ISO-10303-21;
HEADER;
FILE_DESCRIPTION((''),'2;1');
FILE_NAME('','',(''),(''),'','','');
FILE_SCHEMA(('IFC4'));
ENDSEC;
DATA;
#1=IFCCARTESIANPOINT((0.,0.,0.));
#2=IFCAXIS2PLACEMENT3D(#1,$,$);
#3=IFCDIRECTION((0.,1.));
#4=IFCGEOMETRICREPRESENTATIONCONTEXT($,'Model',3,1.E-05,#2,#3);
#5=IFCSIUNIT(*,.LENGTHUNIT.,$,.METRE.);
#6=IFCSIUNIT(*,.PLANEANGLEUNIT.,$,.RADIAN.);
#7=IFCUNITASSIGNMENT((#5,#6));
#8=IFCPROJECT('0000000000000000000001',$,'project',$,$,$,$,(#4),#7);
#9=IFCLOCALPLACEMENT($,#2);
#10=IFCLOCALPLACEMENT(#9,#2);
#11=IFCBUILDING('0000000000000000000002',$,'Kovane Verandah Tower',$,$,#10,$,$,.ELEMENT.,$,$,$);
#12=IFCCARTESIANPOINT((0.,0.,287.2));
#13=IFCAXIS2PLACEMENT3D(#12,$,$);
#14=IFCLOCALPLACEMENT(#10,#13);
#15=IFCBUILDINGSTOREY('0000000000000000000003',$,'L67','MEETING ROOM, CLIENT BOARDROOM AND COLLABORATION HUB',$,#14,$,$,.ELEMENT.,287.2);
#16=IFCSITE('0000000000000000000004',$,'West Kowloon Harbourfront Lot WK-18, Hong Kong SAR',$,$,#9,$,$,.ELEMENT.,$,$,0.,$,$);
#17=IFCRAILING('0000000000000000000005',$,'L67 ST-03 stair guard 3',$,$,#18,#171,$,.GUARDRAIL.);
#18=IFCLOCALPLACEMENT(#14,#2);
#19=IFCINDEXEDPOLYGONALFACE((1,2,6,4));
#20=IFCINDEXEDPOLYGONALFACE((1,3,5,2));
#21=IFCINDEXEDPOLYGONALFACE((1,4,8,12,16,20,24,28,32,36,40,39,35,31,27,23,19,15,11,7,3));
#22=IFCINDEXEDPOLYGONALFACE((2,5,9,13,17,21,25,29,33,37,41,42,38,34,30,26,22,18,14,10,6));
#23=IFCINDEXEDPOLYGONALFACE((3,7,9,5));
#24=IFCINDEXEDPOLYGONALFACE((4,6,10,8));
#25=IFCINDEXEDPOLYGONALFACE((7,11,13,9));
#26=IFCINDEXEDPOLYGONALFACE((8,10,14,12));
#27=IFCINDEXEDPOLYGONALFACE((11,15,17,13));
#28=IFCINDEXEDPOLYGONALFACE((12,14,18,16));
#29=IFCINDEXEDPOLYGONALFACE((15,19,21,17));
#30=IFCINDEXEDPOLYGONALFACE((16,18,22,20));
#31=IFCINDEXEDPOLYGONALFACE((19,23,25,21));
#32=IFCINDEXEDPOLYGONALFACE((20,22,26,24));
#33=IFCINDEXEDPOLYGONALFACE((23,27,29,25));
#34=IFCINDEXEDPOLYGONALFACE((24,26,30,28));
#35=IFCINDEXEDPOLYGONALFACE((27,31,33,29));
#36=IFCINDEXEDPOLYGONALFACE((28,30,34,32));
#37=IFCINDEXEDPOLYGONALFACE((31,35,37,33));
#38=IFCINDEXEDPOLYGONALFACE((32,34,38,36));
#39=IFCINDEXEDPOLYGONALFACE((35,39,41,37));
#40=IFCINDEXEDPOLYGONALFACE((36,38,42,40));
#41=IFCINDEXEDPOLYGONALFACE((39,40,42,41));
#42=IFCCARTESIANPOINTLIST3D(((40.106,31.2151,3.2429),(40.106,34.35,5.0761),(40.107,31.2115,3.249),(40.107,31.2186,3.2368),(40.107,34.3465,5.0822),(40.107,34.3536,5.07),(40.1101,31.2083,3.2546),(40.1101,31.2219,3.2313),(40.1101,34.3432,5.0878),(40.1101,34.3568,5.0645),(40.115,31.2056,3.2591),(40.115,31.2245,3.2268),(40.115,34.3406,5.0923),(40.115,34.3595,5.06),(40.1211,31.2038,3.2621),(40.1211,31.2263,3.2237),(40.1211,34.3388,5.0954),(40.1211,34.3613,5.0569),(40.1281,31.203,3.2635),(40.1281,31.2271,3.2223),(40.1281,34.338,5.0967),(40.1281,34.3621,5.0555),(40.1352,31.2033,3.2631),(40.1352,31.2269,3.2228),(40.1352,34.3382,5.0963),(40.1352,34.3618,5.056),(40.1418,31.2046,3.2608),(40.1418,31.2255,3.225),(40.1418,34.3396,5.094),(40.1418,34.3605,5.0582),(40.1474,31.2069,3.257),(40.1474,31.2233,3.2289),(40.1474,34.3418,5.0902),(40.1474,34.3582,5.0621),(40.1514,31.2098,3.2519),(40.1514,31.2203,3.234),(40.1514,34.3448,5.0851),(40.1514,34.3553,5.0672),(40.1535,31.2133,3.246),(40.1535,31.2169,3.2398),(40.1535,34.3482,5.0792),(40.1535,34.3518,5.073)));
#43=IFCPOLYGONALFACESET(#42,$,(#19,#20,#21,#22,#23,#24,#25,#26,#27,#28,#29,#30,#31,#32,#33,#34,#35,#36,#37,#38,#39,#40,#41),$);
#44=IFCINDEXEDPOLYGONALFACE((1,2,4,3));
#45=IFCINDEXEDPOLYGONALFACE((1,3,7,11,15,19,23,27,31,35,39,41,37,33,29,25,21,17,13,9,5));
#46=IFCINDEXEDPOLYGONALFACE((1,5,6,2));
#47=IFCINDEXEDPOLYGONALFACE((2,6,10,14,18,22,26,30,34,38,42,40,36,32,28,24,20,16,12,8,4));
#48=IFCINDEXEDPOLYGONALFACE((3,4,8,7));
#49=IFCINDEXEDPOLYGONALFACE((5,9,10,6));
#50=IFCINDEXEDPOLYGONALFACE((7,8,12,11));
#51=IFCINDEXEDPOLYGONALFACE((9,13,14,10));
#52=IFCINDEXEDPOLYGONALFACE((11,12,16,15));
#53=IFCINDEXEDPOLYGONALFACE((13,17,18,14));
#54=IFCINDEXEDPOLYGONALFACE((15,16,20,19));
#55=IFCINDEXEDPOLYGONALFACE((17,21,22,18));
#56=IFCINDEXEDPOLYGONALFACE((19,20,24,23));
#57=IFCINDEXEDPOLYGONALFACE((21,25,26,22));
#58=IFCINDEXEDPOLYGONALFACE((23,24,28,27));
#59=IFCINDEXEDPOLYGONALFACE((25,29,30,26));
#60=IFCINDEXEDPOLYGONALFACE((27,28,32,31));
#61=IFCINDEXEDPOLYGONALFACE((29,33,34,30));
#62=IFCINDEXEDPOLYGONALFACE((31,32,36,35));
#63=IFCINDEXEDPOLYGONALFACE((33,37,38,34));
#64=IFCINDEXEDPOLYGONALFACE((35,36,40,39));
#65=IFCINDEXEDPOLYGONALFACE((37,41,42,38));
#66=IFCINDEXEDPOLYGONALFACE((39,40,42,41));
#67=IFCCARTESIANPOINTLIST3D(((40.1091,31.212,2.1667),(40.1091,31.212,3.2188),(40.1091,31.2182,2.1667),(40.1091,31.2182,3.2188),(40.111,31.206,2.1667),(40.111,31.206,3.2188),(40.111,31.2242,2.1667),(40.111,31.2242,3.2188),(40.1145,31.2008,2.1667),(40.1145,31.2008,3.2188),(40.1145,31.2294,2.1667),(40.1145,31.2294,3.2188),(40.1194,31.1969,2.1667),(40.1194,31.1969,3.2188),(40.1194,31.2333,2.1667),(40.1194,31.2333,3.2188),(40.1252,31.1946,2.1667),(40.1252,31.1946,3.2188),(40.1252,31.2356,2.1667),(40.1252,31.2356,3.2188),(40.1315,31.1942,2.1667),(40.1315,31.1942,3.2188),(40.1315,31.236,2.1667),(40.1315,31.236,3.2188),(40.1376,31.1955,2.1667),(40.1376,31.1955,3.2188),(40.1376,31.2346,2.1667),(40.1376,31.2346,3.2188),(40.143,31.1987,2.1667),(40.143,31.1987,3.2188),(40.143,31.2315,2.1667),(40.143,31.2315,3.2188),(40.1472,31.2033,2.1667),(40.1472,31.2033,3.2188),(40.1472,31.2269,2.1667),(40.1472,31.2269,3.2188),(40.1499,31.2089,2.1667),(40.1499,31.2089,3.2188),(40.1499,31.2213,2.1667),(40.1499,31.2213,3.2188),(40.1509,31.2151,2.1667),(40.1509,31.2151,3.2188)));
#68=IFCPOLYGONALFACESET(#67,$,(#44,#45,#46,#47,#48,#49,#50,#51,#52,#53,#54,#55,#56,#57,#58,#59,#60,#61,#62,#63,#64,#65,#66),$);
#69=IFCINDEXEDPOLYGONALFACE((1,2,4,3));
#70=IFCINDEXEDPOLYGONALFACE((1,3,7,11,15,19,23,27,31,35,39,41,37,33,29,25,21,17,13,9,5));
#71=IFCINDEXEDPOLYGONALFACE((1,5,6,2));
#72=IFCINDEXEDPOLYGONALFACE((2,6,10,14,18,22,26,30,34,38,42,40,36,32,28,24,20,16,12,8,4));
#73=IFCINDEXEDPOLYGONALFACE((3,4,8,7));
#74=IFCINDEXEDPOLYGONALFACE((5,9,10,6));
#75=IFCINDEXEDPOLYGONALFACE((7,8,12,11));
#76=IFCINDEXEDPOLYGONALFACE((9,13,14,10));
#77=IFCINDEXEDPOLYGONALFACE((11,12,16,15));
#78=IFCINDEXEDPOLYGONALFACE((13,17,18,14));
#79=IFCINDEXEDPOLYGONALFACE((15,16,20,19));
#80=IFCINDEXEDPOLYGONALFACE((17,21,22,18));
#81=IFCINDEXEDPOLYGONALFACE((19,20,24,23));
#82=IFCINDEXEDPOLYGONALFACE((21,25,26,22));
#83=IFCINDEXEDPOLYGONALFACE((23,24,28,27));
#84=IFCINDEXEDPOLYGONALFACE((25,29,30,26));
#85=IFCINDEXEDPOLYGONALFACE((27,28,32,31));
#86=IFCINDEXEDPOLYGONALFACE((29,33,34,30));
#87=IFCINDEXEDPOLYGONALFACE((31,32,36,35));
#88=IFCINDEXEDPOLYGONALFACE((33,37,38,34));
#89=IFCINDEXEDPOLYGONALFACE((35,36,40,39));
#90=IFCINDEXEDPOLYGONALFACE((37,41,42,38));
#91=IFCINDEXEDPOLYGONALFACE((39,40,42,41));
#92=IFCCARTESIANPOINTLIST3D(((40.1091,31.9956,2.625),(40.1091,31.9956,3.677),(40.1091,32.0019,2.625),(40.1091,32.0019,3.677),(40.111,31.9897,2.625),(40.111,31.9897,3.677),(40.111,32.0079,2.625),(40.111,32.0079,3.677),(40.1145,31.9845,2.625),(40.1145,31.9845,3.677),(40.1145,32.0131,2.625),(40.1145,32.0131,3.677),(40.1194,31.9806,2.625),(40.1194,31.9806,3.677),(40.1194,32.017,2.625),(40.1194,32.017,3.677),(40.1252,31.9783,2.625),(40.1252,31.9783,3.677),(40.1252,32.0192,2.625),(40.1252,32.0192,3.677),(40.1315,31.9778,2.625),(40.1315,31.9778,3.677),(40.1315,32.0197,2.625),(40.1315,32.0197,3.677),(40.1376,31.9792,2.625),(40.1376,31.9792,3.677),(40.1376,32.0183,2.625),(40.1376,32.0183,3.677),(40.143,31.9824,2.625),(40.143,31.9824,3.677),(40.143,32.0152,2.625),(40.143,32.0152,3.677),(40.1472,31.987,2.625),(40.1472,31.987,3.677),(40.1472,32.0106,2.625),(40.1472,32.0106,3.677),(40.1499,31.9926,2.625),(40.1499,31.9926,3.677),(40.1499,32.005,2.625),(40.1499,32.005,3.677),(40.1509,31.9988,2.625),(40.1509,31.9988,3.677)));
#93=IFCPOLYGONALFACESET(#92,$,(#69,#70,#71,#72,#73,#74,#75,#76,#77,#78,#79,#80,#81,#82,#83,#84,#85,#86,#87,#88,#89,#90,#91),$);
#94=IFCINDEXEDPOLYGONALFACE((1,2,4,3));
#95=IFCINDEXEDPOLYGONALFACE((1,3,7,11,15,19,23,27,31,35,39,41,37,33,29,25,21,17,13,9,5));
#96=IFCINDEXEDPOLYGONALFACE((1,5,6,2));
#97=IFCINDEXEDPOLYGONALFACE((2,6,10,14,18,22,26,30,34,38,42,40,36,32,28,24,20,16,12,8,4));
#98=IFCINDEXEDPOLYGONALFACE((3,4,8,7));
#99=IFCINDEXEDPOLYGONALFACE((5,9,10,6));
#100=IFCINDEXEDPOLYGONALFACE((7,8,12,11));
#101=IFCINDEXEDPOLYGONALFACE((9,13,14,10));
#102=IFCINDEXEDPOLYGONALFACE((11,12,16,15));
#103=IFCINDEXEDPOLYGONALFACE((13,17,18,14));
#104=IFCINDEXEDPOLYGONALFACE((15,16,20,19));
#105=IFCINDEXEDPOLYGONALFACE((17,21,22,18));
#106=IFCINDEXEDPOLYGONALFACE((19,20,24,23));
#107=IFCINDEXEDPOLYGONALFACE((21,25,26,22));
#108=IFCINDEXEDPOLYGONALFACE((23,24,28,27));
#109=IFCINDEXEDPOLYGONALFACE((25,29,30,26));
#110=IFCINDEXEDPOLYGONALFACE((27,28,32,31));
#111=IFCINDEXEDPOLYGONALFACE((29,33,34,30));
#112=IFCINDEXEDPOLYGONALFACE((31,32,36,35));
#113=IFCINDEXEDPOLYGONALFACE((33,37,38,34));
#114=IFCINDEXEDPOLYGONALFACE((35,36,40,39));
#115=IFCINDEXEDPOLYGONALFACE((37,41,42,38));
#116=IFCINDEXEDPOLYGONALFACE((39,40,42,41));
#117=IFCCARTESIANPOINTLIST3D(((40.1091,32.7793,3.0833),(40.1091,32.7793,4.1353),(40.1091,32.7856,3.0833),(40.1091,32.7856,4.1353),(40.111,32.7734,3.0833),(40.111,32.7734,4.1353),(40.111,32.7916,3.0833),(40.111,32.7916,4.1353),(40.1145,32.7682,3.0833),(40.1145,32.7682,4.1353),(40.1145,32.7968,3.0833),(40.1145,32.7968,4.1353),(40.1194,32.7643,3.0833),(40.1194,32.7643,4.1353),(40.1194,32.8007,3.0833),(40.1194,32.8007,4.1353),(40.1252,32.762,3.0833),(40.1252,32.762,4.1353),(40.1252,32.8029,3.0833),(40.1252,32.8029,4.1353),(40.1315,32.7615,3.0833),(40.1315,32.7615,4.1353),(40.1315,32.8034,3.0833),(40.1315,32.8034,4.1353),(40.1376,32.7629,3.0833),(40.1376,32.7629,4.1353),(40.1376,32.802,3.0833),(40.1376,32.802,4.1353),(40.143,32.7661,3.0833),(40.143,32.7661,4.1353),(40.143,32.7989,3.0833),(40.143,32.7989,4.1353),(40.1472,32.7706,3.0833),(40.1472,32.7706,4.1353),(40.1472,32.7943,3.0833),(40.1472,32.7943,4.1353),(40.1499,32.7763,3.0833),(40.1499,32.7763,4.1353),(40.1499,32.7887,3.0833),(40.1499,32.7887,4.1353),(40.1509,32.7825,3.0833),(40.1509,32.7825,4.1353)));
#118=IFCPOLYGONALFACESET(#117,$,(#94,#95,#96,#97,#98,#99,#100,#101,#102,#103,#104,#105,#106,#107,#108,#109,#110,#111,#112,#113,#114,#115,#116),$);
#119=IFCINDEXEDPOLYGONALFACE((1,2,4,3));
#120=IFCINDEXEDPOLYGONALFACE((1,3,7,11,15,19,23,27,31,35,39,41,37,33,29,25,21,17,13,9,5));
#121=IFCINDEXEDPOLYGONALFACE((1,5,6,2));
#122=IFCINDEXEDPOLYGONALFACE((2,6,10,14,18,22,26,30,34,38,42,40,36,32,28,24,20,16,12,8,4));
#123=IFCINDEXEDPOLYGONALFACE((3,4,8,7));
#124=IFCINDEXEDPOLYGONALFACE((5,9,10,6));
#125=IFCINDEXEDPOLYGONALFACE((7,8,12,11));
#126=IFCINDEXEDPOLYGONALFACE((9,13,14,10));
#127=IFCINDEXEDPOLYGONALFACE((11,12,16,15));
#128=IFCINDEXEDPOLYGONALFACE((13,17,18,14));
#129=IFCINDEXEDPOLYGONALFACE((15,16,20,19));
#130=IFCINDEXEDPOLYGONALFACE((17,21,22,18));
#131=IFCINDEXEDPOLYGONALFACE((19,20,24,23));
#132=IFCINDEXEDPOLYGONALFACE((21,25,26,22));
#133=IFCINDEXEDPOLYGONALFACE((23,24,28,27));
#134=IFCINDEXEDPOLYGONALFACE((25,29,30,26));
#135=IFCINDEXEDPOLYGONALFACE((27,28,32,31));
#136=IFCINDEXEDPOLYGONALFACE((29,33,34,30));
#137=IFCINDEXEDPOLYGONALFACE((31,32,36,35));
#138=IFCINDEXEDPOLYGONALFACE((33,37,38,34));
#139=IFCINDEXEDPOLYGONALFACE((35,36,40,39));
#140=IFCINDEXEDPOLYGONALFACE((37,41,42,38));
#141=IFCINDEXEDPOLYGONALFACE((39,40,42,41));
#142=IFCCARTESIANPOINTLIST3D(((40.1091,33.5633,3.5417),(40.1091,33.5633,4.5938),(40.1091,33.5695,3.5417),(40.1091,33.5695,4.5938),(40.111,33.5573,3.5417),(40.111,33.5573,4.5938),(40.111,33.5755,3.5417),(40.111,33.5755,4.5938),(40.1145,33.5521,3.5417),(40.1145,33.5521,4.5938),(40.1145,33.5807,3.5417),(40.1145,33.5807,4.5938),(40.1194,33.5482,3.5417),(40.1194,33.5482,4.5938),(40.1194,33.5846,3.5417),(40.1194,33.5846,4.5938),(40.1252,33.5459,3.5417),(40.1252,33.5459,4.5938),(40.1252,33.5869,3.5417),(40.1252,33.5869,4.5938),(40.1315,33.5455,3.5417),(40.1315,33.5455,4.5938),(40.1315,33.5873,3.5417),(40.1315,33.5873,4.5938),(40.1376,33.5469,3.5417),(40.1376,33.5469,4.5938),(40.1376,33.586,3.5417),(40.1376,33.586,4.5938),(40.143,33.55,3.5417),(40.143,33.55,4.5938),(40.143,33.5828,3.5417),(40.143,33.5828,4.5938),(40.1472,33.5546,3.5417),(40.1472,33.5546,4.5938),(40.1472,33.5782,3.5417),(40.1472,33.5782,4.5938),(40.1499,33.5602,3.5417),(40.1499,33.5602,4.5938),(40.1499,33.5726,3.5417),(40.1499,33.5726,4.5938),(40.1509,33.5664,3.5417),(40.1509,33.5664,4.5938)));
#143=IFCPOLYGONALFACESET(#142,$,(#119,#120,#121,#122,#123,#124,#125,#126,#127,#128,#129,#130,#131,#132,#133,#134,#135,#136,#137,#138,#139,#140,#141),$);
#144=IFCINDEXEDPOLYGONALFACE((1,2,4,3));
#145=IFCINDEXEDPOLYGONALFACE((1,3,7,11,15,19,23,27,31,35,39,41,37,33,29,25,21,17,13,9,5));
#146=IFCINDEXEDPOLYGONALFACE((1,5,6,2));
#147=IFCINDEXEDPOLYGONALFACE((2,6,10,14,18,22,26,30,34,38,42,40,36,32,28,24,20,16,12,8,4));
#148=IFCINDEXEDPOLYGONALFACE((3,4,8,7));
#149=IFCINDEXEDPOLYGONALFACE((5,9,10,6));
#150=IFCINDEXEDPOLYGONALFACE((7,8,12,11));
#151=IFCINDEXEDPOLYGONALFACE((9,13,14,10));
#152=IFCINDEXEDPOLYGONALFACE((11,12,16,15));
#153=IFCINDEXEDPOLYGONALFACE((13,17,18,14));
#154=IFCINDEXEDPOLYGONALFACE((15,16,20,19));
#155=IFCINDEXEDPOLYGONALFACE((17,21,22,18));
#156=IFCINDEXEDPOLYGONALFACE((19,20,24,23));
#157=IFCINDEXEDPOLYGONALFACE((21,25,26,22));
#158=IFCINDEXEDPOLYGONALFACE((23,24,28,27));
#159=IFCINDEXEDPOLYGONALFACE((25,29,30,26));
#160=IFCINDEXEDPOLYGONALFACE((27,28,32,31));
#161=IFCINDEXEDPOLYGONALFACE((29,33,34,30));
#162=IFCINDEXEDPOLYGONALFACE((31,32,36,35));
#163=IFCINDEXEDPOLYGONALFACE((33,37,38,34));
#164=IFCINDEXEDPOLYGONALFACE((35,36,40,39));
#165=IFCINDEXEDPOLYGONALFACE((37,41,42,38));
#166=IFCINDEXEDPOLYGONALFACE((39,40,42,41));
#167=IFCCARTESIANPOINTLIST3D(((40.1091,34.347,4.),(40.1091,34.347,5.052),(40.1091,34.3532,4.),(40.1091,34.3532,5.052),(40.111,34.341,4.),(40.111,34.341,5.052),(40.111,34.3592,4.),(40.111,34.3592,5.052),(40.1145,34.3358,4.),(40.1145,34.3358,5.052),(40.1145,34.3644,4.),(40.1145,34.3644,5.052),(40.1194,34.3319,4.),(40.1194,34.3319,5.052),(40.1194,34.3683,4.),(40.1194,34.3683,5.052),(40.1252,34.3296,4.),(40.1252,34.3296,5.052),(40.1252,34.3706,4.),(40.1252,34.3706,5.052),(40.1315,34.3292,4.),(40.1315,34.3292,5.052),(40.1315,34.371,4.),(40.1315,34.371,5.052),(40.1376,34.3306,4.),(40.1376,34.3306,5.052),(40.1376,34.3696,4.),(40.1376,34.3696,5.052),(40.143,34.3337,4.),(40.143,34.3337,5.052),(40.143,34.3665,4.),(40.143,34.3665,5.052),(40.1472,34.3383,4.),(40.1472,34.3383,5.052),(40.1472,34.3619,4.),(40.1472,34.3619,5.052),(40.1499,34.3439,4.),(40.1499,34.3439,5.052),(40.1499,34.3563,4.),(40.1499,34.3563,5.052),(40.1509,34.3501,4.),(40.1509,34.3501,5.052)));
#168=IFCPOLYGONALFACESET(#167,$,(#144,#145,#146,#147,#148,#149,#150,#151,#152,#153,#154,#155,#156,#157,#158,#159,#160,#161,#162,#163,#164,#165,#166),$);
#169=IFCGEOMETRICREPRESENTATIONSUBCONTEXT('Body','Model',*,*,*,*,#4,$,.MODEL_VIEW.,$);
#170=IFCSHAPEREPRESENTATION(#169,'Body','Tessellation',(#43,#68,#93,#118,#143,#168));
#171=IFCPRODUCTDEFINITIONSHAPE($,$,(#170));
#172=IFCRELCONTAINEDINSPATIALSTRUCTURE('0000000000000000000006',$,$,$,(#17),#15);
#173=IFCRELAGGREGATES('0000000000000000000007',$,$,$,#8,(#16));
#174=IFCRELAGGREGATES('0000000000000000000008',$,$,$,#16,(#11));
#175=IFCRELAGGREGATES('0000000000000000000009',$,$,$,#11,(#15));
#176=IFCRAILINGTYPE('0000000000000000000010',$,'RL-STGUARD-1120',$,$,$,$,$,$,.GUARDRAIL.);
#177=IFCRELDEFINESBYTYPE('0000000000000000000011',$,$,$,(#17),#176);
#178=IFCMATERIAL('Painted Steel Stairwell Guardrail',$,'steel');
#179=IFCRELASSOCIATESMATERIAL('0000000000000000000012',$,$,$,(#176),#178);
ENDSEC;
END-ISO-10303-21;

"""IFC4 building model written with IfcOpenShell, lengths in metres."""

from ifc_helpers import new_model, si_unit, direction, frame, origin, origin_2d, place, context, subcontext, project, spatial, circle, extrude, material, type_object, element, save


model = new_model("IFC4")

# Units and contexts
model_context = context("Model", 3, precision=1e-05, world=origin(), true_north=direction((0.0, 1.0)))
body_context = subcontext(model_context, "Body", "Model", "MODEL_VIEW")
ifc_project = project(units=[si_unit("LENGTHUNIT", "METRE"), si_unit("PLANEANGLEUNIT", "RADIAN")], contexts=[model_context])

# Site, building, storey
site_placement = place(None, origin())
site = spatial("IfcSite", under=ifc_project, at=site_placement, Name="West Kowloon Harbourfront Lot WK-18, Hong Kong SAR", CompositionType="ELEMENT", RefElevation=0.0)
building_placement = place(site_placement, origin())
building = spatial("IfcBuilding", under=site, at=building_placement, Name="Kovane Verandah Tower", CompositionType="ELEMENT")
storey_placement = place(building_placement, frame((0.0, 0.0, 287.2)))
storey = spatial("IfcBuildingStorey", under=building, at=storey_placement, Name="L67", Description="MEETING ROOM, CLIENT BOARDROOM AND COLLABORATION HUB", CompositionType="ELEMENT", Elevation=287.2)

# Railing
ifc_material_1 = material(Name="Painted Steel Stairwell Guardrail", Category="steel")
railing_type_1 = type_object("IfcRailingType", Name="RL-STGUARD-1120", PredefinedType="GUARDRAIL", material=ifc_material_1)
railing_1_placement = place(storey_placement, frame((40.1299, 31.2151, 2.1667)))
element("IfcRailing", 1, at=railing_1_placement, inside=storey, type_object=railing_type_1, Name="L67 ST-03 stair guard 3", PredefinedType="GUARDRAIL", context=body_context, shape_type="SweptSolid", body=[
    extrude(circle(Radius=0.0239, at=origin_2d()), frame((0.0, 0.0, 1.0762), z_axis=(0.0, 0.86324, 0.504794), x_axis=(-1.0, 0.0, 0.0)), (0.0, 0.0, 1.0), 3.6316),
    extrude(circle(Radius=0.021, at=origin_2d()), origin(), (0.0, 0.0, 1.0), 1.052),
    extrude(circle(Radius=0.021, at=origin_2d()), frame((0.0, 0.7837, 0.4583)), (0.0, 0.0, 1.0), 1.052),
    extrude(circle(Radius=0.021, at=origin_2d()), frame((0.0, 1.5674, 0.9165)), (0.0, 0.0, 1.0), 1.052),
    extrude(circle(Radius=0.021, at=origin_2d()), frame((0.0, 2.3513, 1.375)), (0.0, 0.0, 1.0), 1.052),
    extrude(circle(Radius=0.021, at=origin_2d()), frame((0.0, 3.135, 1.8333)), (0.0, 0.0, 1.0), 1.052),
])

save(model, "model.ifc")
